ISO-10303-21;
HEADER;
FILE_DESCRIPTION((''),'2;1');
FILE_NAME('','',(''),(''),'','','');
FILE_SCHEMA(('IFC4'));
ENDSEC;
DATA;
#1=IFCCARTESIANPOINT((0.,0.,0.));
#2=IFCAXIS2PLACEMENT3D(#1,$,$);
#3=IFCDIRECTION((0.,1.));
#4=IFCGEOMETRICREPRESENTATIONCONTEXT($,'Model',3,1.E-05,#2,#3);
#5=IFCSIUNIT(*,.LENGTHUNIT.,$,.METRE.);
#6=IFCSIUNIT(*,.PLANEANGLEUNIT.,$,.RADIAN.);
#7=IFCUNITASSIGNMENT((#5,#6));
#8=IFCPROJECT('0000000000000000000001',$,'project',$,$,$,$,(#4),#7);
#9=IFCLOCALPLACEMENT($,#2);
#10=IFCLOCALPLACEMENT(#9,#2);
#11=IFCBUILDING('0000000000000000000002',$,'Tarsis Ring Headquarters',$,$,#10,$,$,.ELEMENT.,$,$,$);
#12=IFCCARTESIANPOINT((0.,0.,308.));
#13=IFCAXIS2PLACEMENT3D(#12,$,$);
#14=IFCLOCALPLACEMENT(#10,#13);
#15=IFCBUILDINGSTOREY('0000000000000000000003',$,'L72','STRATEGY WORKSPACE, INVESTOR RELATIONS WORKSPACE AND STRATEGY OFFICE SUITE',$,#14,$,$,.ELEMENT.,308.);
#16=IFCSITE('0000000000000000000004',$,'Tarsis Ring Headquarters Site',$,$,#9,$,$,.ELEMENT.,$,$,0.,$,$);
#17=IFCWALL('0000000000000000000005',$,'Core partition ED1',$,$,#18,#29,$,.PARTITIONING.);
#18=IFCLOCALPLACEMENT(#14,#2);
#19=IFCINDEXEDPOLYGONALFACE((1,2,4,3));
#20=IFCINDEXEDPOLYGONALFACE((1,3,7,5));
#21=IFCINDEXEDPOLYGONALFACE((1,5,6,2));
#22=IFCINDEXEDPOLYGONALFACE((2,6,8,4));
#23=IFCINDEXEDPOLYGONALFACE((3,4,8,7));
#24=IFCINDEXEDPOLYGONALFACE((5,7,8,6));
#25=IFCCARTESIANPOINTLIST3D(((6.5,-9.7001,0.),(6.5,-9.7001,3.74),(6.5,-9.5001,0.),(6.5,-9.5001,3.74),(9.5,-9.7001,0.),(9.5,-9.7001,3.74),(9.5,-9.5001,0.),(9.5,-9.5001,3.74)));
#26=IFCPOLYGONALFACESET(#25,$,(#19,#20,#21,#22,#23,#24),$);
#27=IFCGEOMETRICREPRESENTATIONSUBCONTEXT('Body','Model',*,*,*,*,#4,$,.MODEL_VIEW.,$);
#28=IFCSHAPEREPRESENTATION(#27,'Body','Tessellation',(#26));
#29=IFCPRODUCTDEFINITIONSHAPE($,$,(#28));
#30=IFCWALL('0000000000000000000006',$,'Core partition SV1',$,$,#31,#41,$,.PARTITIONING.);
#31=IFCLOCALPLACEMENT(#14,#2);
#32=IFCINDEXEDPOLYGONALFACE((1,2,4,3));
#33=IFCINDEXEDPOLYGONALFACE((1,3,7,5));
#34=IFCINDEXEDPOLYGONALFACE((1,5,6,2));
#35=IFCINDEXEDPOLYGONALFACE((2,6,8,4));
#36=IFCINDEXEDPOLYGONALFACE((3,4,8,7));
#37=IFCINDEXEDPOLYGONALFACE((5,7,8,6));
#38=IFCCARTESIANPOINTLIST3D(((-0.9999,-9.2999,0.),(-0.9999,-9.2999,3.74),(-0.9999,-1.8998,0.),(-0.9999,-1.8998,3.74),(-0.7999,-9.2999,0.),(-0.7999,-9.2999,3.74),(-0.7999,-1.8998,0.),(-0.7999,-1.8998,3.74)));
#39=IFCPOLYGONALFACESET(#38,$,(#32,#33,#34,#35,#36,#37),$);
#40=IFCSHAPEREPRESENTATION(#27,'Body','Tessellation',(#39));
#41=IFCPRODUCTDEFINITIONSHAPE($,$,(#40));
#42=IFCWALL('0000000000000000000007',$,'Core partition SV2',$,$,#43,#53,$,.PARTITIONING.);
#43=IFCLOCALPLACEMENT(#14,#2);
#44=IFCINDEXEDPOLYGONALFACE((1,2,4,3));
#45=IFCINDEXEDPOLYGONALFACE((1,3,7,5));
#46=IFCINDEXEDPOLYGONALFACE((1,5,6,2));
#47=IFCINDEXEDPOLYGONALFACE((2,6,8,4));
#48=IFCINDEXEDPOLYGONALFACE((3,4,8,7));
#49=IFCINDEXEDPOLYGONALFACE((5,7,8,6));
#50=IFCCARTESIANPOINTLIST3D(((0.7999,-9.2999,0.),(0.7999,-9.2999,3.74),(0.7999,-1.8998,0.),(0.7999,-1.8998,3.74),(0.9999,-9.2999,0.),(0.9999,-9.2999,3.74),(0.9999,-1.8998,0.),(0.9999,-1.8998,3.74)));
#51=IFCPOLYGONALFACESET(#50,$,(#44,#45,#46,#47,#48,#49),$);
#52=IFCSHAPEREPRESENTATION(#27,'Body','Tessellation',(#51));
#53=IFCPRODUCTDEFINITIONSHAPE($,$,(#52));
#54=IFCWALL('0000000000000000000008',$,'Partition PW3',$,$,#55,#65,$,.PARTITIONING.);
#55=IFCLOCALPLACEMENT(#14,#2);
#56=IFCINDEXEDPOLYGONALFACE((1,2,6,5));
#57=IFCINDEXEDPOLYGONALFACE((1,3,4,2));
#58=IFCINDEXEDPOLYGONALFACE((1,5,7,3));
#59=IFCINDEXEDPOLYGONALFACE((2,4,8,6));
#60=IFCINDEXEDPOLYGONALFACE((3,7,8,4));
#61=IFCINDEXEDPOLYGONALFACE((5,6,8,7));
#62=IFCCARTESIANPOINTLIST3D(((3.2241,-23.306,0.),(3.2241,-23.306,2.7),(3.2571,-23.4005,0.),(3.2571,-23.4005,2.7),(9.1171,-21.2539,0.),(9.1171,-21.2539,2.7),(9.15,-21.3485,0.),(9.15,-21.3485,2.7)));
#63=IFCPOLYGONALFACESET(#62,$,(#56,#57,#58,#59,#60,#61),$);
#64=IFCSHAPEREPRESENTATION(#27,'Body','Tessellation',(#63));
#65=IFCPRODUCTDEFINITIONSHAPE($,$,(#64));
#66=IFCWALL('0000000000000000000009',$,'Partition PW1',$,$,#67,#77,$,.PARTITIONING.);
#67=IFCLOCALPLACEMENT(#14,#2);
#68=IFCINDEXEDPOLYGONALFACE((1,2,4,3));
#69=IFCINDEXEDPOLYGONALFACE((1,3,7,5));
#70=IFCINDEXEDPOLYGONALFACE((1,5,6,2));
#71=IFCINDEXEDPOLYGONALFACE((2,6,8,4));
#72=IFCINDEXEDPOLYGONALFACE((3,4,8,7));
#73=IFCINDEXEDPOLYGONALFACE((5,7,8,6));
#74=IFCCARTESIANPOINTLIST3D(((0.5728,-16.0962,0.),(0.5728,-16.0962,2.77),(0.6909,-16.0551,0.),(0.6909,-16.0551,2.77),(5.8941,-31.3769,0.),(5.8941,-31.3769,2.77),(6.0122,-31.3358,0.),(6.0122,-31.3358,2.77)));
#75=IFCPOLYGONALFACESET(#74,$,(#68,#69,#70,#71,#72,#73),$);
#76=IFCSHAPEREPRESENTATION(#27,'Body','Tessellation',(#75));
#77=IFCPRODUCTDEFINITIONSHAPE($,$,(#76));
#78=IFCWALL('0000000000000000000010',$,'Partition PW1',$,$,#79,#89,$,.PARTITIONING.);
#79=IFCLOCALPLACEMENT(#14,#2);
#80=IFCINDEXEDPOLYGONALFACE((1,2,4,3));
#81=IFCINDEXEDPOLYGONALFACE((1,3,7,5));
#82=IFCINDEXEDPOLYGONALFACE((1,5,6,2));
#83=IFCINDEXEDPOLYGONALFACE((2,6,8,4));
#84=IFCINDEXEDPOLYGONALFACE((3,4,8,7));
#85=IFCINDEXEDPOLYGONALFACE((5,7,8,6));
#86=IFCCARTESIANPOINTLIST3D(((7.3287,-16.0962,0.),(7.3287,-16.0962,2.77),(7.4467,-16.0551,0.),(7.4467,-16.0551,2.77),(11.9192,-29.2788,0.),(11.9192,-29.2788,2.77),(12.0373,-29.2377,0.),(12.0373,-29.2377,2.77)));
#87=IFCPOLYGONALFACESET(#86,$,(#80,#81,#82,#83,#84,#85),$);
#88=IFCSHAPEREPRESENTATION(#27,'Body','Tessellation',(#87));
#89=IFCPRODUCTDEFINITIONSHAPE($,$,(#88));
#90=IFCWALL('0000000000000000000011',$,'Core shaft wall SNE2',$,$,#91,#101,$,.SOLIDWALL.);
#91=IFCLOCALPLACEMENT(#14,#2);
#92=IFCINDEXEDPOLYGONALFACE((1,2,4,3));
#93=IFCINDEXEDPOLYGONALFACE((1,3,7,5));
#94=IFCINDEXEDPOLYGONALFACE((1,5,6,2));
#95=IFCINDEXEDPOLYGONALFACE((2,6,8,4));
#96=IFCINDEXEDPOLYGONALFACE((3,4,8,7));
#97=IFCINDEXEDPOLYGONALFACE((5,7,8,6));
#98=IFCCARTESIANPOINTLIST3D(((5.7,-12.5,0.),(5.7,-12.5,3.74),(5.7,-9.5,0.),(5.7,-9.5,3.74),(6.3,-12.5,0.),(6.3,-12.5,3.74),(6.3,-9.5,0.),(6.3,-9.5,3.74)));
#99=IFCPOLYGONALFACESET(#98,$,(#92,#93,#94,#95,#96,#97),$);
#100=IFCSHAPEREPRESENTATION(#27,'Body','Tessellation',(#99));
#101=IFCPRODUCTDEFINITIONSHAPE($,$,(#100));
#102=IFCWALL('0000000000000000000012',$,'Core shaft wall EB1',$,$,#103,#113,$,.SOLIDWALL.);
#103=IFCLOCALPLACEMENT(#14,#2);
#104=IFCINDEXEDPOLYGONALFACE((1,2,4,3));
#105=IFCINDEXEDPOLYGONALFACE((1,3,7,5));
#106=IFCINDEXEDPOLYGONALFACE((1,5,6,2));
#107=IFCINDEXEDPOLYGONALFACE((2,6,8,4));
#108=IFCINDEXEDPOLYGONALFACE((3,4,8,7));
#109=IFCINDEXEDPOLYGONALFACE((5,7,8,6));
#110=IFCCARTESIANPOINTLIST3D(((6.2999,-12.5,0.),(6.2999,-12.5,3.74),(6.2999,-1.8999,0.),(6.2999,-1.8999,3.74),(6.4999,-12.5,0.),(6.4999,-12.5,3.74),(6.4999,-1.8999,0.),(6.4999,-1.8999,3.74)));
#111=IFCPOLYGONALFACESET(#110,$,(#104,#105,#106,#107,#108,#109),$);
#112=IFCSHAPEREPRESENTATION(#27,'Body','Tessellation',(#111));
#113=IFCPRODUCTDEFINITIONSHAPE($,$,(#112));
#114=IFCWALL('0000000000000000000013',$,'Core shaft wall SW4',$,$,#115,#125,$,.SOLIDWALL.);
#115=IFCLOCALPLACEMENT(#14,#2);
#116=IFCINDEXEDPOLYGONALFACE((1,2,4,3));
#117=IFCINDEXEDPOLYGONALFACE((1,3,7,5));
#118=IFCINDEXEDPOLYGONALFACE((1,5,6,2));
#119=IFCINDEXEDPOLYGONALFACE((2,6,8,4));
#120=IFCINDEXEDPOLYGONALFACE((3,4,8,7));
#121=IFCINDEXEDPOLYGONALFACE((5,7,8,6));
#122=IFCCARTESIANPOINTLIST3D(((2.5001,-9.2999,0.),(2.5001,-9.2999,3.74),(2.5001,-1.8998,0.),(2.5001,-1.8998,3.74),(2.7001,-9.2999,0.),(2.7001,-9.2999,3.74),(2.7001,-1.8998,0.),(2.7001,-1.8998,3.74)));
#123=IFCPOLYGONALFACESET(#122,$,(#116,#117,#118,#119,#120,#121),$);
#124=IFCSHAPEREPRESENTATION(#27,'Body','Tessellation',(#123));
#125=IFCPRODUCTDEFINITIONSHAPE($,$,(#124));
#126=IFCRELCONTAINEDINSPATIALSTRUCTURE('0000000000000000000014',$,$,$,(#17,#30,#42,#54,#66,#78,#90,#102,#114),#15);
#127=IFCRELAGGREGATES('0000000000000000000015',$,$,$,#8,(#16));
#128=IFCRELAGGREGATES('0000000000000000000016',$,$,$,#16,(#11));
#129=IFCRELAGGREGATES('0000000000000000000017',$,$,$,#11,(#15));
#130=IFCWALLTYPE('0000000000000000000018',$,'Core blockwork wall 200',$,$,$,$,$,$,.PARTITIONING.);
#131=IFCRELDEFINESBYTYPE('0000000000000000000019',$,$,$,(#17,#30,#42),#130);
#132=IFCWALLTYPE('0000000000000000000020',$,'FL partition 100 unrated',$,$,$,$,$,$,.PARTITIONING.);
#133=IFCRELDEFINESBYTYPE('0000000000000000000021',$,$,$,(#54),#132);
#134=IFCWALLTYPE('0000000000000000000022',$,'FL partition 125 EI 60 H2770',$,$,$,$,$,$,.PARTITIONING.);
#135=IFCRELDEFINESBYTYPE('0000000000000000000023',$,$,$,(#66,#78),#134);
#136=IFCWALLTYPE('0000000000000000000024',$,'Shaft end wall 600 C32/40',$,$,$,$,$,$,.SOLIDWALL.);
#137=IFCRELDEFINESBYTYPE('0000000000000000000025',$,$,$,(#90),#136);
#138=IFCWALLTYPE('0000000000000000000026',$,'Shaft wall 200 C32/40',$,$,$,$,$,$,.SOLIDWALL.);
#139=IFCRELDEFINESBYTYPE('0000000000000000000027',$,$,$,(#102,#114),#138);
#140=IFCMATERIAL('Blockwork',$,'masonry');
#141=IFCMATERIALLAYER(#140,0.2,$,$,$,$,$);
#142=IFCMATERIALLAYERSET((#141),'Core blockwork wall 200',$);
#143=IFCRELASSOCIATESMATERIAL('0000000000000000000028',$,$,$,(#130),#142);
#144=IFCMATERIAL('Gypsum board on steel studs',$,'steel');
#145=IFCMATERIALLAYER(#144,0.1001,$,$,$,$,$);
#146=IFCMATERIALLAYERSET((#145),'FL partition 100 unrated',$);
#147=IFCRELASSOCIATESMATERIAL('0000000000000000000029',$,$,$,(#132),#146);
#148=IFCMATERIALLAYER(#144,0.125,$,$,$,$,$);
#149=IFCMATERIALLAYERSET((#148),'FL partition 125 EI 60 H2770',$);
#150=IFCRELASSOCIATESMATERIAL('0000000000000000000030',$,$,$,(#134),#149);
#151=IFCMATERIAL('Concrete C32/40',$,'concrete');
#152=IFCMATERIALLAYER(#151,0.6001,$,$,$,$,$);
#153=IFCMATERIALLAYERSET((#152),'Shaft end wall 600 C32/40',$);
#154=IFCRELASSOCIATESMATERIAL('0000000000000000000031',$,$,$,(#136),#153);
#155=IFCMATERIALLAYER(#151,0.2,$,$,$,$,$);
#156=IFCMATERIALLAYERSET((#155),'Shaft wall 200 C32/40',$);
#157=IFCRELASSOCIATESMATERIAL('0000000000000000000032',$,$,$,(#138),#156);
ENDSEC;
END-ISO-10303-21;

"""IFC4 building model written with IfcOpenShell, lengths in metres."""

from ifc_helpers import new_model, si_unit, direction, frame, frame_2d, origin, place, context, subcontext, project, spatial, rectangle, extrude, material, layer, layer_set, type_object, element, save


model = new_model("IFC4")

# Units and contexts
model_context = context("Model", 3, precision=1e-05, world=origin(), true_north=direction((0.0, 1.0)))
body_context = subcontext(model_context, "Body", "Model", "MODEL_VIEW")
ifc_project = project(units=[si_unit("LENGTHUNIT", "METRE"), si_unit("PLANEANGLEUNIT", "RADIAN")], contexts=[model_context])

# Site, building, storey
site_placement = place(None, origin())
site = spatial("IfcSite", under=ifc_project, at=site_placement, Name="Tarsis Ring Headquarters Site", CompositionType="ELEMENT", RefElevation=0.0)
building_placement = place(site_placement, origin())
building = spatial("IfcBuilding", under=site, at=building_placement, Name="Tarsis Ring Headquarters", CompositionType="ELEMENT")
storey_placement = place(building_placement, frame((0.0, 0.0, 308.0)))
storey = spatial("IfcBuildingStorey", under=building, at=storey_placement, Name="L72", Description="STRATEGY WORKSPACE, INVESTOR RELATIONS WORKSPACE AND STRATEGY OFFICE SUITE", CompositionType="ELEMENT", Elevation=308.0)

# Walls
ifc_material_1 = material(Name="Blockwork", Category="masonry")
ifc_layer_1 = layer(ifc_material_1, 0.2)
ifc_layer_set_1 = layer_set([ifc_layer_1], Name="Core blockwork wall 200")
wall_type_1 = type_object("IfcWallType", Name="Core blockwork wall 200", PredefinedType="PARTITIONING", material=ifc_layer_set_1)
wall_1_placement = place(storey_placement, frame((6.5, -9.6001, 0.0), z_axis=(0.0, 0.0, 1.0), x_axis=(1.0, 0.0, 0.0)))
element("IfcWall", 1, at=wall_1_placement, inside=storey, type_object=wall_type_1, Name="Core partition ED1", PredefinedType="PARTITIONING", context=body_context, shape_type="SweptSolid", body=[
    extrude(rectangle(XDim=3.0, YDim=0.2, at=frame_2d((1.5, 0.0))), origin(), (0.0, 0.0, 1.0), 3.74),
])
for number, where, z_axis, x_axis, name in (
    (2, (-0.8999, -9.3, 0.0), (0.0, 0.0, 1.0), (0.0, 1.0, 0.0), "Core partition SV1"),
    (3, (0.8999, -9.3, 0.0), (0.0, 0.0, 1.0), (0.0, 1.0, 0.0), "Core partition SV2"),
):
    element("IfcWall", number, at=place(storey_placement, frame(where, z_axis=z_axis, x_axis=x_axis)), inside=storey, type_object=wall_type_1, Name=name, PredefinedType="PARTITIONING", context=body_context, shape_type="SweptSolid", body=[
        extrude(rectangle(XDim=7.4001, YDim=0.2, at=frame_2d((3.7002, 0.0))), origin(), (0.0, 0.0, 1.0), 3.74),
    ])
ifc_material_2 = material(Name="Gypsum board on steel studs", Category="steel")
ifc_layer_2 = layer(ifc_material_2, 0.1001)
ifc_layer_set_2 = layer_set([ifc_layer_2], Name="FL partition 100 unrated")
wall_type_2 = type_object("IfcWallType", Name="FL partition 100 unrated", PredefinedType="PARTITIONING", material=ifc_layer_set_2)
wall_2_placement = place(storey_placement, frame((3.2405, -23.3533, 0.0), z_axis=(0.0, 0.0, 1.0), x_axis=(0.944381, 0.328853, 0.0)))
element("IfcWall", 4, at=wall_2_placement, inside=storey, type_object=wall_type_2, Name="Partition PW3", PredefinedType="PARTITIONING", context=body_context, shape_type="SweptSolid", body=[
    extrude(rectangle(XDim=6.24, YDim=0.1001, at=frame_2d((3.1201, 0.0))), origin(), (0.0, 0.0, 1.0), 2.7),
])
ifc_layer_3 = layer(ifc_material_2, 0.125)
ifc_layer_set_3 = layer_set([ifc_layer_3], Name="FL partition 125 EI 60 H2770")
wall_type_3 = type_object("IfcWallType", Name="FL partition 125 EI 60 H2770", PredefinedType="PARTITIONING", material=ifc_layer_set_3)
wall_3_placement = place(storey_placement, frame((0.6318, -16.0757, 0.0), z_axis=(0.0, 0.0, 1.0), x_axis=(0.328869, -0.944375, 0.0)))
element("IfcWall", 5, at=wall_3_placement, inside=storey, type_object=wall_type_3, Name="Partition PW1", PredefinedType="PARTITIONING", context=body_context, shape_type="SweptSolid", body=[
    extrude(rectangle(XDim=16.1807, YDim=0.125, at=frame_2d((8.0903, 0.0))), origin(), (0.0, 0.0, 1.0), 2.77),
])
wall_4_placement = place(storey_placement, frame((7.3877, -16.0757, 0.0), z_axis=(0.0, 0.0, 1.0), x_axis=(0.32886, -0.944379, 0.0)))
element("IfcWall", 6, at=wall_4_placement, inside=storey, type_object=wall_type_3, Name="Partition PW1", PredefinedType="PARTITIONING", context=body_context, shape_type="SweptSolid", body=[
    extrude(rectangle(XDim=13.959, YDim=0.125, at=frame_2d((6.9795, 0.0))), origin(), (0.0, 0.0, 1.0), 2.77),
])
ifc_material_3 = material(Name="Concrete C32/40", Category="concrete")
ifc_layer_4 = layer(ifc_material_3, 0.6001)
ifc_layer_set_4 = layer_set([ifc_layer_4], Name="Shaft end wall 600 C32/40")
wall_type_4 = type_object("IfcWallType", Name="Shaft end wall 600 C32/40", PredefinedType="SOLIDWALL", material=ifc_layer_set_4)
wall_5_placement = place(storey_placement, frame((6.0, -12.5, 0.0), z_axis=(0.0, 0.0, 1.0), x_axis=(0.0, 1.0, 0.0)))
element("IfcWall", 7, at=wall_5_placement, inside=storey, type_object=wall_type_4, Name="Core shaft wall SNE2", PredefinedType="SOLIDWALL", context=body_context, shape_type="SweptSolid", body=[
    extrude(rectangle(XDim=3.0, YDim=0.6001, at=frame_2d((1.5, 0.0))), origin(), (0.0, 0.0, 1.0), 3.74),
])
ifc_layer_5 = layer(ifc_material_3, 0.2)
ifc_layer_set_5 = layer_set([ifc_layer_5], Name="Shaft wall 200 C32/40")
wall_type_5 = type_object("IfcWallType", Name="Shaft wall 200 C32/40", PredefinedType="SOLIDWALL", material=ifc_layer_set_5)
wall_6_placement = place(storey_placement, frame((6.3999, -12.5, 0.0), z_axis=(0.0, 0.0, 1.0), x_axis=(0.0, 1.0, 0.0)))
element("IfcWall", 8, at=wall_6_placement, inside=storey, type_object=wall_type_5, Name="Core shaft wall EB1", PredefinedType="SOLIDWALL", context=body_context, shape_type="SweptSolid", body=[
    extrude(rectangle(XDim=10.6001, YDim=0.2, at=frame_2d((5.3, 0.0))), origin(), (0.0, 0.0, 1.0), 3.74),
])
wall_7_placement = place(storey_placement, frame((2.6001, -9.3, 0.0), z_axis=(0.0, 0.0, 1.0), x_axis=(0.0, 1.0, 0.0)))
element("IfcWall", 9, at=wall_7_placement, inside=storey, type_object=wall_type_5, Name="Core shaft wall SW4", PredefinedType="SOLIDWALL", context=body_context, shape_type="SweptSolid", body=[
    extrude(rectangle(XDim=7.4001, YDim=0.2, at=frame_2d((3.7002, 0.0))), origin(), (0.0, 0.0, 1.0), 3.74),
])

save(model, "model.ifc")
